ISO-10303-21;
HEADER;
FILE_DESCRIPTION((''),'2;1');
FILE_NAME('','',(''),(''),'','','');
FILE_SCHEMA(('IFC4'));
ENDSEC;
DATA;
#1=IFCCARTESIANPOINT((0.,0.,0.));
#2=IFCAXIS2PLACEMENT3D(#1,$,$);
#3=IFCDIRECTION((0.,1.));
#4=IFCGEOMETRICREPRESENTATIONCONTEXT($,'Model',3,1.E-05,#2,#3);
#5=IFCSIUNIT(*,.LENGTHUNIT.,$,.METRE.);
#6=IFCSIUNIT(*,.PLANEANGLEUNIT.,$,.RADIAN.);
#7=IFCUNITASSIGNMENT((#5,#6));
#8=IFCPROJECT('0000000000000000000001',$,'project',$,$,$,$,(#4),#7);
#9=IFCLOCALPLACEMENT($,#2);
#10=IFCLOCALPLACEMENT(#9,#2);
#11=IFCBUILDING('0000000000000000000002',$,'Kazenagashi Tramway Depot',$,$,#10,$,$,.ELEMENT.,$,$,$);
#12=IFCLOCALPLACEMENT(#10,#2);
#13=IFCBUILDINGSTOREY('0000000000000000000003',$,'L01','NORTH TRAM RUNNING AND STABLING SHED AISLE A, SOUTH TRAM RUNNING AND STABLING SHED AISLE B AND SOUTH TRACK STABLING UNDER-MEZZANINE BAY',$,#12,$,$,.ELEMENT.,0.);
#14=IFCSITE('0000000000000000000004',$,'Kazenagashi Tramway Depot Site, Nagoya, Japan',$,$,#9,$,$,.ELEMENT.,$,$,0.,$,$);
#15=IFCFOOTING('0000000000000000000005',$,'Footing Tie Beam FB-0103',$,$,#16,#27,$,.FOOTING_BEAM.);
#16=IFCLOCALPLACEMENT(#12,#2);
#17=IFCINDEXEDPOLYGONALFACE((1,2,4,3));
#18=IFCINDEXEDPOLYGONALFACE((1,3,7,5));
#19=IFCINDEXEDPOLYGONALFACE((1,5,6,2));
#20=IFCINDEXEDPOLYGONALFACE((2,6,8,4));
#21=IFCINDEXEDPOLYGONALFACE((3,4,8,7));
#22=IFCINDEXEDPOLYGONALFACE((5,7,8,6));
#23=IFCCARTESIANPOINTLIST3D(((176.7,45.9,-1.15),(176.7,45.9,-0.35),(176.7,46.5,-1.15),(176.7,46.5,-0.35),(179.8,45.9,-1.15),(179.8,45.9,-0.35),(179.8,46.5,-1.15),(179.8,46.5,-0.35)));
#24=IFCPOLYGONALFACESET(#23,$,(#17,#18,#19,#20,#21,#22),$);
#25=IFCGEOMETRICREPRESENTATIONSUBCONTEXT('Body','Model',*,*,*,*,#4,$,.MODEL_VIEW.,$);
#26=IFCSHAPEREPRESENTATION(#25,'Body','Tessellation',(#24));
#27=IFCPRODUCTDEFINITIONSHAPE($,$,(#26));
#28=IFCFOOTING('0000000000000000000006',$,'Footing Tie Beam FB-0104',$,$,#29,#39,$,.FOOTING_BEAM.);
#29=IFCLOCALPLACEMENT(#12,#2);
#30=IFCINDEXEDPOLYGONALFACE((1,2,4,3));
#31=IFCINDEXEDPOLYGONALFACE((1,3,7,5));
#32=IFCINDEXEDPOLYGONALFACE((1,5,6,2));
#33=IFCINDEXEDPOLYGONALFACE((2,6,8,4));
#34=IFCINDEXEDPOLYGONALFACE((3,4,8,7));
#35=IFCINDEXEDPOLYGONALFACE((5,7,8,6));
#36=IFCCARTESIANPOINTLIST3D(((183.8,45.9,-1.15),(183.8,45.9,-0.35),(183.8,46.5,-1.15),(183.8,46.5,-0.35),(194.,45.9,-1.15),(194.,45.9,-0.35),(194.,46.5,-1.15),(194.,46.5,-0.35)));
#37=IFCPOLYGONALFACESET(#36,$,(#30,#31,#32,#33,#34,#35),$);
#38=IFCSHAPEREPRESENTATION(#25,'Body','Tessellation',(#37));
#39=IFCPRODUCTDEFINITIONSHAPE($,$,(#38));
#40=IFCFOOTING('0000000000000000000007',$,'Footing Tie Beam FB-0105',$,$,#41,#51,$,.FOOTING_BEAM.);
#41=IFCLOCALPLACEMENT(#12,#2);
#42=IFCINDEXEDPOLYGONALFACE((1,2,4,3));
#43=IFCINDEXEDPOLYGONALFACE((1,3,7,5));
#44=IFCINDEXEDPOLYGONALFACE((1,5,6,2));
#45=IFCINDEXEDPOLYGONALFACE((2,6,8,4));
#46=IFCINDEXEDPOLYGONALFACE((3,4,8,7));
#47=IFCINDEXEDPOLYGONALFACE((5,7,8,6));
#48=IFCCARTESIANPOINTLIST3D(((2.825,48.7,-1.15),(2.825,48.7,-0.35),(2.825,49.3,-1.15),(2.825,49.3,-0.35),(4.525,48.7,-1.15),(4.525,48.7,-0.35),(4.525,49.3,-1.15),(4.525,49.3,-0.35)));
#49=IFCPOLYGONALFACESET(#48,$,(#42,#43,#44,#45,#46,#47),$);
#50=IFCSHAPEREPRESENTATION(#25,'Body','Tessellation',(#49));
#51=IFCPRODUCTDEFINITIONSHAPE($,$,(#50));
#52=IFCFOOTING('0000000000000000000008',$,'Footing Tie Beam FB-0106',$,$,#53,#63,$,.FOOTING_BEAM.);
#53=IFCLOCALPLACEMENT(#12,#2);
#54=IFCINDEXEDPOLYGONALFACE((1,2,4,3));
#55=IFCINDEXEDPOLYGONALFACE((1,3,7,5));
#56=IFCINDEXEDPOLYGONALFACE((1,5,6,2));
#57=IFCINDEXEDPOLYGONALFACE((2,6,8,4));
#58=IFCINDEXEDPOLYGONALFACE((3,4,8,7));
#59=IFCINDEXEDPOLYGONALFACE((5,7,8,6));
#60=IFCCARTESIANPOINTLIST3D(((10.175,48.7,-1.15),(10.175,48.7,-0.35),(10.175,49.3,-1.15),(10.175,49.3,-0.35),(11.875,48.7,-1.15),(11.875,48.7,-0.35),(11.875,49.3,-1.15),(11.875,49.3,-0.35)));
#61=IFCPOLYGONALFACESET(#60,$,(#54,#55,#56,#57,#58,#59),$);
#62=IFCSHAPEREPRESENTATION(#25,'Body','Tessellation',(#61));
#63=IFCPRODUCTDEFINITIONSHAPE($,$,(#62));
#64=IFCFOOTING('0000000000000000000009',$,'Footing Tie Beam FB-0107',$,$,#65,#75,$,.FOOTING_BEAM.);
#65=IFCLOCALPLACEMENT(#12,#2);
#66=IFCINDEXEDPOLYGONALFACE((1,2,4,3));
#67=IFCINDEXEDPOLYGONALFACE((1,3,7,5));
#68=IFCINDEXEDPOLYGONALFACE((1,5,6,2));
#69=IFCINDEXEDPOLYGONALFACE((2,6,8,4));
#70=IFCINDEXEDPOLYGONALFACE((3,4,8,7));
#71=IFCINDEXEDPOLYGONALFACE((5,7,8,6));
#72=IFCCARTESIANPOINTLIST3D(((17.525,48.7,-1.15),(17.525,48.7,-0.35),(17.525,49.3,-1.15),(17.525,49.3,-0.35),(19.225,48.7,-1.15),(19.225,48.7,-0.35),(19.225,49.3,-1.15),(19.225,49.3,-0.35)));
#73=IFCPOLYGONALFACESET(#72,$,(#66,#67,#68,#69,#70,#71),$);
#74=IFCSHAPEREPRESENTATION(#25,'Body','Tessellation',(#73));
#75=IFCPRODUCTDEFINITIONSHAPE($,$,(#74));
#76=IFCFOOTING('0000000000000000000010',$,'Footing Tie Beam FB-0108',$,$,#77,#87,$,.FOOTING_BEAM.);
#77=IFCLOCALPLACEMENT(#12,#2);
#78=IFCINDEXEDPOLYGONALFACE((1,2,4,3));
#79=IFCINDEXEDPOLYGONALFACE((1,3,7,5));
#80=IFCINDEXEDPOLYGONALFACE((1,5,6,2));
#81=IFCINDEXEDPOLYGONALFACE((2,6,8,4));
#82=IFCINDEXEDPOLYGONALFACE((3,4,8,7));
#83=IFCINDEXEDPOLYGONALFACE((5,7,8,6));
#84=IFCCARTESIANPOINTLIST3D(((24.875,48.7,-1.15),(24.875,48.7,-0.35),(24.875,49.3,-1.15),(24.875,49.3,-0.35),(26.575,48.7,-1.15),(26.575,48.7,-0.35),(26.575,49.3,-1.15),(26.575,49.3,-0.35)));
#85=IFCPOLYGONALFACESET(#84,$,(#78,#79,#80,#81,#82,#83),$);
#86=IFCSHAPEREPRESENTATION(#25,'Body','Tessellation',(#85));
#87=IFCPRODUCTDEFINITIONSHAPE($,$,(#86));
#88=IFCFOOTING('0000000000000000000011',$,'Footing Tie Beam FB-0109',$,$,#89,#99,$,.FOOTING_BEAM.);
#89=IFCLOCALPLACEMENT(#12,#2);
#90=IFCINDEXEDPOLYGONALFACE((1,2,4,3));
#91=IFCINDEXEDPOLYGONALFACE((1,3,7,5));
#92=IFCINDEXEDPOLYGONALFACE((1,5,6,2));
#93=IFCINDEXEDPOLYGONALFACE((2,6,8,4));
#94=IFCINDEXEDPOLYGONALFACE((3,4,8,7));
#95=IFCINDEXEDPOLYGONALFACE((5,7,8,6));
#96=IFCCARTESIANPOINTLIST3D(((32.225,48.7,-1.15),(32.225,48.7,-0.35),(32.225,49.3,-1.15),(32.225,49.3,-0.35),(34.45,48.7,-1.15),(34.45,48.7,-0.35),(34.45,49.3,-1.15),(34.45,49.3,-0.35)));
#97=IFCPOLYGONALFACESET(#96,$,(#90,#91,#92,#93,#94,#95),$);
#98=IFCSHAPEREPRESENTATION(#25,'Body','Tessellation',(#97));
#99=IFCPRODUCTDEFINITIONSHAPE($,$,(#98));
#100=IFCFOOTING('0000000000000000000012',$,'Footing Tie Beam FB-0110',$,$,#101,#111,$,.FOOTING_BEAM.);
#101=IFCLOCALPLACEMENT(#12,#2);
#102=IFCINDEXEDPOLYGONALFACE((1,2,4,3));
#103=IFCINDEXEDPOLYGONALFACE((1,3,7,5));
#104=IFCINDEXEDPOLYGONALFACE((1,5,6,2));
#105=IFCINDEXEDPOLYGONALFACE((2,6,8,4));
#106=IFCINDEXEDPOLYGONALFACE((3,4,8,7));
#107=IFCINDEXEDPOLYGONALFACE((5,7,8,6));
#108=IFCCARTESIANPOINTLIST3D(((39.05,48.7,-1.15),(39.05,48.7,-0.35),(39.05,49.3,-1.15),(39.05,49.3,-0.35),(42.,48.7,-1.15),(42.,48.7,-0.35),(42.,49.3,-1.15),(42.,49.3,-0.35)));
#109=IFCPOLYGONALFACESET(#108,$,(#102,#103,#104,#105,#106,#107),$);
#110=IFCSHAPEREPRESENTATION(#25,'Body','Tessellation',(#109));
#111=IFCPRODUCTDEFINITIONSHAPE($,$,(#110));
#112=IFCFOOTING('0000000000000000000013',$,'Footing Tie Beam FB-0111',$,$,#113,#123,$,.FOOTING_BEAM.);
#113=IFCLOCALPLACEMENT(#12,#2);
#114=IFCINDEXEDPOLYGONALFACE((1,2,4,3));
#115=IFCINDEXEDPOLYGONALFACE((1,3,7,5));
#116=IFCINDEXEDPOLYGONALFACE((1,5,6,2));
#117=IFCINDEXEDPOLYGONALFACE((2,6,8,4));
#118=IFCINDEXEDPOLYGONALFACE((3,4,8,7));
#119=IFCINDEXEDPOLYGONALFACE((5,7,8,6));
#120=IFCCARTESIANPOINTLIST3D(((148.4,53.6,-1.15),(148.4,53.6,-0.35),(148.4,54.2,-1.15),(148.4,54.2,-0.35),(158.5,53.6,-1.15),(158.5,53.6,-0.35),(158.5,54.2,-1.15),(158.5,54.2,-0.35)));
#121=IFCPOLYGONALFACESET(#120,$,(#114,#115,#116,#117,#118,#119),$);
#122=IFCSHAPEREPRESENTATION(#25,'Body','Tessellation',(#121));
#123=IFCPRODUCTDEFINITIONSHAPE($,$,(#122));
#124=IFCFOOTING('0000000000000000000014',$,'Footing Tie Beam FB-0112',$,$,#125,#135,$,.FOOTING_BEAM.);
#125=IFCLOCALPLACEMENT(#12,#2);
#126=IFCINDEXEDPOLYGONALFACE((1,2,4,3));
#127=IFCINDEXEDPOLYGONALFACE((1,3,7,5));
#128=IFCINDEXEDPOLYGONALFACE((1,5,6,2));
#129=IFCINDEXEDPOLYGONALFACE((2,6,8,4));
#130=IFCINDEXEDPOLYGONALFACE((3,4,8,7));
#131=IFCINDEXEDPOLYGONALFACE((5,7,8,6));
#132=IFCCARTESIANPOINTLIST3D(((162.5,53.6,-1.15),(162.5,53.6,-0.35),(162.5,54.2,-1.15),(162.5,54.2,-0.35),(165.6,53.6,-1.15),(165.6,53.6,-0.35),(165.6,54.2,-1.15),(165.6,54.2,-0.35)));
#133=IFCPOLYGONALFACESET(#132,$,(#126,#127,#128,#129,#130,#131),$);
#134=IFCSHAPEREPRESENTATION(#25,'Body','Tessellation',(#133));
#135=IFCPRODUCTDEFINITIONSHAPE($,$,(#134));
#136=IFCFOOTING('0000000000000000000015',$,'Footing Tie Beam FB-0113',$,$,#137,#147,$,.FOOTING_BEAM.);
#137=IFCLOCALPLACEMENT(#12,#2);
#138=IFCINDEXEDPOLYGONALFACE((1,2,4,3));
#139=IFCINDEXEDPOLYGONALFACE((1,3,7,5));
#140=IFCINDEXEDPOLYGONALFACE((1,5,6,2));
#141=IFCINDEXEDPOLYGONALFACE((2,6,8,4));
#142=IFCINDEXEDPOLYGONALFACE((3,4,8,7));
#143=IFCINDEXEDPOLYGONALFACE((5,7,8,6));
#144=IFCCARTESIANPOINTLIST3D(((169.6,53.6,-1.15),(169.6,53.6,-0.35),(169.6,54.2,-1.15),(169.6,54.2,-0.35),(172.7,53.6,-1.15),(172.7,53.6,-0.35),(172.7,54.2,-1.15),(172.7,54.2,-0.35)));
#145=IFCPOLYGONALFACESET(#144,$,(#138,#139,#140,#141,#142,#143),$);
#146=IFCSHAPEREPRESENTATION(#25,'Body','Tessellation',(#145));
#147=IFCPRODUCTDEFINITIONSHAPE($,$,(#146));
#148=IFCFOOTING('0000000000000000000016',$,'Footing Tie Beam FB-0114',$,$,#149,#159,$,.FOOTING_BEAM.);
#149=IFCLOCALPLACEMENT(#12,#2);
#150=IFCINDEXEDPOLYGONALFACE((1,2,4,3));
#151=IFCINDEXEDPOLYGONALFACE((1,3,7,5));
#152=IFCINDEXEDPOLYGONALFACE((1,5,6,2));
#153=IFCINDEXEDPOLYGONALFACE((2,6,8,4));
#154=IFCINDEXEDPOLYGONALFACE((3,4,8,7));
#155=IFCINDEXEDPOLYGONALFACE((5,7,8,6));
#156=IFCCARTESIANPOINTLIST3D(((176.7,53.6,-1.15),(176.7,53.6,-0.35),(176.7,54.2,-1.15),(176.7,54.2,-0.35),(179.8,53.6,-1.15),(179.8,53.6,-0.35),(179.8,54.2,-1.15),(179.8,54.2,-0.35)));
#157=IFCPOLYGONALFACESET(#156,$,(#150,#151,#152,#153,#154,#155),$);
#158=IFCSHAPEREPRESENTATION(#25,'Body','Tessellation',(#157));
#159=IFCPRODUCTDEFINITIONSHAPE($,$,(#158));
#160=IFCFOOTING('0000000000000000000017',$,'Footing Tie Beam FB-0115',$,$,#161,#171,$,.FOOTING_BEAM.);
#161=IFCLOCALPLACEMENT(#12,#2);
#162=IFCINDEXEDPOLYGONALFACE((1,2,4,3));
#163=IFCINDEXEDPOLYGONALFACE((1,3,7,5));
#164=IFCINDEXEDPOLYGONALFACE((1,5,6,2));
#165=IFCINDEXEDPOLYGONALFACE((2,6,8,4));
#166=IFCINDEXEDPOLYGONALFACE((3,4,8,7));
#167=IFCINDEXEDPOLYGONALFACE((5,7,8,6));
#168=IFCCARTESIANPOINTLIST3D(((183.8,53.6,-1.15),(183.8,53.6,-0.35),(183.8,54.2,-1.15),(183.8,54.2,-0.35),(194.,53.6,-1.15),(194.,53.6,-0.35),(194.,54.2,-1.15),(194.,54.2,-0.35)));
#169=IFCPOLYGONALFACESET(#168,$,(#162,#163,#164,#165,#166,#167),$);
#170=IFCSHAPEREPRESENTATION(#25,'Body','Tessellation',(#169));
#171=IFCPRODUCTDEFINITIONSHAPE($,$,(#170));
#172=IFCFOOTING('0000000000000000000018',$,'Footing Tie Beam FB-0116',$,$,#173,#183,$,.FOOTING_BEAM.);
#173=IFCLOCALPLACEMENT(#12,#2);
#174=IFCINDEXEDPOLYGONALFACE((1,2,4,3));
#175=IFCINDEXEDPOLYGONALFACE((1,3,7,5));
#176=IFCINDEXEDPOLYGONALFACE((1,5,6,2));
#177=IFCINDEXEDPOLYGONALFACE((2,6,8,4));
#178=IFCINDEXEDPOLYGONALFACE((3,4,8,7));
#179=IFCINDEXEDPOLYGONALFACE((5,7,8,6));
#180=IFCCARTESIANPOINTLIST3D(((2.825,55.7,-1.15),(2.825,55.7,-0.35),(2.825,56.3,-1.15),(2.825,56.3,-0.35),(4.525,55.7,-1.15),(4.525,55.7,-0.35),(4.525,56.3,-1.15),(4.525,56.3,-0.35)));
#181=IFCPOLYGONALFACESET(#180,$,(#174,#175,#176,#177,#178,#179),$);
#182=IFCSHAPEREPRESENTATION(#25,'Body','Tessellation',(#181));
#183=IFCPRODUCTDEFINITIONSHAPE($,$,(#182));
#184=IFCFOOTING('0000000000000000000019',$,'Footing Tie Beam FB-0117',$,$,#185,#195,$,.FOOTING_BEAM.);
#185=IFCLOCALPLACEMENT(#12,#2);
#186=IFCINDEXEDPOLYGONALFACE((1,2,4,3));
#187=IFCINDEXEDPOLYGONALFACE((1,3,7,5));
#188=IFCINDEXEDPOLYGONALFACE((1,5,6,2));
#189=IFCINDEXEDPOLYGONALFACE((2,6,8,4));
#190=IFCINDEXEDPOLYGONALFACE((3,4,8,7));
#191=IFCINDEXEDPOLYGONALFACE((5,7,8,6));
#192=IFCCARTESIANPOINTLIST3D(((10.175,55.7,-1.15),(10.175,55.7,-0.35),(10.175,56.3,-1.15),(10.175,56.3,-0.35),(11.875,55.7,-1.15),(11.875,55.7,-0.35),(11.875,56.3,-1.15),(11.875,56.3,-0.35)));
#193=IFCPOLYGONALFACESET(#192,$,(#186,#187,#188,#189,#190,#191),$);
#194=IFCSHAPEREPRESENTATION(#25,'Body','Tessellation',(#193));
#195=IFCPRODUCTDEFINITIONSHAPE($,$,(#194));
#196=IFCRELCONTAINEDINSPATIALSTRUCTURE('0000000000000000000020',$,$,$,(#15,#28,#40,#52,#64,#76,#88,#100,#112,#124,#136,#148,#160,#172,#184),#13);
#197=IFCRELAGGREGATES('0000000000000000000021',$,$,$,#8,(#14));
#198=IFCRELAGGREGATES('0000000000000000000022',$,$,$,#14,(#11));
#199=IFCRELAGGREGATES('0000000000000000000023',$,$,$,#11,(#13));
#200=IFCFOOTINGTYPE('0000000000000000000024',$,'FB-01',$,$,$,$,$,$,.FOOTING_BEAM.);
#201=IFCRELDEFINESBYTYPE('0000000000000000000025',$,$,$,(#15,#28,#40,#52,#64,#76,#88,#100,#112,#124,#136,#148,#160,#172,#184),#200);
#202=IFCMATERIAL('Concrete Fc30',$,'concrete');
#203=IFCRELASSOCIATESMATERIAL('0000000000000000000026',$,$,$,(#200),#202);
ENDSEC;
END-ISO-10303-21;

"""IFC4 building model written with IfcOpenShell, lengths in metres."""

from ifc_helpers import new_model, si_unit, direction, frame, origin, place, context, subcontext, project, spatial, polyline, outline, extrude, material, type_object, element, save


model = new_model("IFC4")

# Units and contexts
model_context = context("Model", 3, precision=1e-05, world=origin(), true_north=direction((0.0, 1.0)))
body_context = subcontext(model_context, "Body", "Model", "MODEL_VIEW")
ifc_project = project(units=[si_unit("LENGTHUNIT", "METRE"), si_unit("PLANEANGLEUNIT", "RADIAN")], contexts=[model_context])

# Site, building, storey
site_placement = place(None, origin())
site = spatial("IfcSite", under=ifc_project, at=site_placement, Name="Kazenagashi Tramway Depot Site, Nagoya, Japan", CompositionType="ELEMENT", RefElevation=0.0)
building_placement = place(site_placement, origin())
building = spatial("IfcBuilding", under=site, at=building_placement, Name="Kazenagashi Tramway Depot", CompositionType="ELEMENT")
storey_placement = place(building_placement, origin())
storey = spatial("IfcBuildingStorey", under=building, at=storey_placement, Name="L01", Description="NORTH TRAM RUNNING AND STABLING SHED AISLE A, SOUTH TRAM RUNNING AND STABLING SHED AISLE B AND SOUTH TRACK STABLING UNDER-MEZZANINE BAY", CompositionType="ELEMENT", Elevation=0.0)

# Footings
ifc_material = material(Name="Concrete Fc30", Category="concrete")
footing_type = type_object("IfcFootingType", Name="FB-01", PredefinedType="FOOTING_BEAM", material=ifc_material)
footing_1_placement = place(storey_placement, frame((0.0, 0.0, -1.15)))
element("IfcFooting", 1, at=footing_1_placement, inside=storey, type_object=footing_type, Name="Footing Tie Beam FB-0103", PredefinedType="FOOTING_BEAM", context=body_context, shape_type="SweptSolid", body=[
    extrude(outline(polyline([(176.7, 45.9), (179.8, 45.9), (179.8, 46.5), (176.7, 46.5), (176.7, 45.9)])), origin(), (0.0, 0.0, 1.0), 0.8),
])
footing_2_placement = place(storey_placement, frame((0.0, 0.0, -1.15)))
element("IfcFooting", 2, at=footing_2_placement, inside=storey, type_object=footing_type, Name="Footing Tie Beam FB-0104", PredefinedType="FOOTING_BEAM", context=body_context, shape_type="SweptSolid", body=[
    extrude(outline(polyline([(183.8, 45.9), (194.0, 45.9), (194.0, 46.5), (183.8, 46.5), (183.8, 45.9)])), origin(), (0.0, 0.0, 1.0), 0.8),
])
footing_3_placement = place(storey_placement, frame((0.0, 0.0, -1.15)))
element("IfcFooting", 3, at=footing_3_placement, inside=storey, type_object=footing_type, Name="Footing Tie Beam FB-0105", PredefinedType="FOOTING_BEAM", context=body_context, shape_type="SweptSolid", body=[
    extrude(outline(polyline([(2.825, 48.7), (4.525, 48.7), (4.525, 49.3), (2.825, 49.3), (2.825, 48.7)])), origin(), (0.0, 0.0, 1.0), 0.8),
])
footing_4_placement = place(storey_placement, frame((0.0, 0.0, -1.15)))
element("IfcFooting", 4, at=footing_4_placement, inside=storey, type_object=footing_type, Name="Footing Tie Beam FB-0106", PredefinedType="FOOTING_BEAM", context=body_context, shape_type="SweptSolid", body=[
    extrude(outline(polyline([(10.175, 48.7), (11.875, 48.7), (11.875, 49.3), (10.175, 49.3), (10.175, 48.7)])), origin(), (0.0, 0.0, 1.0), 0.8),
])
footing_5_placement = place(storey_placement, frame((0.0, 0.0, -1.15)))
element("IfcFooting", 5, at=footing_5_placement, inside=storey, type_object=footing_type, Name="Footing Tie Beam FB-0107", PredefinedType="FOOTING_BEAM", context=body_context, shape_type="SweptSolid", body=[
    extrude(outline(polyline([(17.525, 48.7), (19.225, 48.7), (19.225, 49.3), (17.525, 49.3), (17.525, 48.7)])), origin(), (0.0, 0.0, 1.0), 0.8),
])
footing_6_placement = place(storey_placement, frame((0.0, 0.0, -1.15)))
element("IfcFooting", 6, at=footing_6_placement, inside=storey, type_object=footing_type, Name="Footing Tie Beam FB-0108", PredefinedType="FOOTING_BEAM", context=body_context, shape_type="SweptSolid", body=[
    extrude(outline(polyline([(24.875, 48.7), (26.575, 48.7), (26.575, 49.3), (24.875, 49.3), (24.875, 48.7)])), origin(), (0.0, 0.0, 1.0), 0.8),
])
footing_7_placement = place(storey_placement, frame((0.0, 0.0, -1.15)))
element("IfcFooting", 7, at=footing_7_placement, inside=storey, type_object=footing_type, Name="Footing Tie Beam FB-0109", PredefinedType="FOOTING_BEAM", context=body_context, shape_type="SweptSolid", body=[
    extrude(outline(polyline([(32.225, 48.7), (34.45, 48.7), (34.45, 49.3), (32.225, 49.3), (32.225, 48.7)])), origin(), (0.0, 0.0, 1.0), 0.8),
])
footing_8_placement = place(storey_placement, frame((0.0, 0.0, -1.15)))
element("IfcFooting", 8, at=footing_8_placement, inside=storey, type_object=footing_type, Name="Footing Tie Beam FB-0110", PredefinedType="FOOTING_BEAM", context=body_context, shape_type="SweptSolid", body=[
    extrude(outline(polyline([(39.05, 48.7), (42.0, 48.7), (42.0, 49.3), (39.05, 49.3), (39.05, 48.7)])), origin(), (0.0, 0.0, 1.0), 0.8),
])
footing_9_placement = place(storey_placement, frame((0.0, 0.0, -1.15)))
element("IfcFooting", 9, at=footing_9_placement, inside=storey, type_object=footing_type, Name="Footing Tie Beam FB-0111", PredefinedType="FOOTING_BEAM", context=body_context, shape_type="SweptSolid", body=[
    extrude(outline(polyline([(148.4, 53.6), (158.5, 53.6), (158.5, 54.2), (148.4, 54.2), (148.4, 53.6)])), origin(), (0.0, 0.0, 1.0), 0.8),
])
footing_10_placement = place(storey_placement, frame((0.0, 0.0, -1.15)))
element("IfcFooting", 10, at=footing_10_placement, inside=storey, type_object=footing_type, Name="Footing Tie Beam FB-0112", PredefinedType="FOOTING_BEAM", context=body_context, shape_type="SweptSolid", body=[
    extrude(outline(polyline([(162.5, 53.6), (165.6, 53.6), (165.6, 54.2), (162.5, 54.2), (162.5, 53.6)])), origin(), (0.0, 0.0, 1.0), 0.8),
])
footing_11_placement = place(storey_placement, frame((0.0, 0.0, -1.15)))
element("IfcFooting", 11, at=footing_11_placement, inside=storey, type_object=footing_type, Name="Footing Tie Beam FB-0113", PredefinedType="FOOTING_BEAM", context=body_context, shape_type="SweptSolid", body=[
    extrude(outline(polyline([(169.6, 53.6), (172.7, 53.6), (172.7, 54.2), (169.6, 54.2), (169.6, 53.6)])), origin(), (0.0, 0.0, 1.0), 0.8),
])
footing_12_placement = place(storey_placement, frame((0.0, 0.0, -1.15)))
element("IfcFooting", 12, at=footing_12_placement, inside=storey, type_object=footing_type, Name="Footing Tie Beam FB-0114", PredefinedType="FOOTING_BEAM", context=body_context, shape_type="SweptSolid", body=[
    extrude(outline(polyline([(176.7, 53.6), (179.8, 53.6), (179.8, 54.2), (176.7, 54.2), (176.7, 53.6)])), origin(), (0.0, 0.0, 1.0), 0.8),
])
footing_13_placement = place(storey_placement, frame((0.0, 0.0, -1.15)))
element("IfcFooting", 13, at=footing_13_placement, inside=storey, type_object=footing_type, Name="Footing Tie Beam FB-0115", PredefinedType="FOOTING_BEAM", context=body_context, shape_type="SweptSolid", body=[
    extrude(outline(polyline([(183.8, 53.6), (194.0, 53.6), (194.0, 54.2), (183.8, 54.2), (183.8, 53.6)])), origin(), (0.0, 0.0, 1.0), 0.8),
])
footing_14_placement = place(storey_placement, frame((0.0, 0.0, -1.15)))
element("IfcFooting", 14, at=footing_14_placement, inside=storey, type_object=footing_type, Name="Footing Tie Beam FB-0116", PredefinedType="FOOTING_BEAM", context=body_context, shape_type="SweptSolid", body=[
    extrude(outline(polyline([(2.825, 55.7), (4.525, 55.7), (4.525, 56.3), (2.825, 56.3), (2.825, 55.7)])), origin(), (0.0, 0.0, 1.0), 0.8),
])
footing_15_placement = place(storey_placement, frame((0.0, 0.0, -1.15)))
element("IfcFooting", 15, at=footing_15_placement, inside=storey, type_object=footing_type, Name="Footing Tie Beam FB-0117", PredefinedType="FOOTING_BEAM", context=body_context, shape_type="SweptSolid", body=[
    extrude(outline(polyline([(10.175, 55.7), (11.875, 55.7), (11.875, 56.3), (10.175, 56.3), (10.175, 55.7)])), origin(), (0.0, 0.0, 1.0), 0.8),
])

save(model, "model.ifc")
